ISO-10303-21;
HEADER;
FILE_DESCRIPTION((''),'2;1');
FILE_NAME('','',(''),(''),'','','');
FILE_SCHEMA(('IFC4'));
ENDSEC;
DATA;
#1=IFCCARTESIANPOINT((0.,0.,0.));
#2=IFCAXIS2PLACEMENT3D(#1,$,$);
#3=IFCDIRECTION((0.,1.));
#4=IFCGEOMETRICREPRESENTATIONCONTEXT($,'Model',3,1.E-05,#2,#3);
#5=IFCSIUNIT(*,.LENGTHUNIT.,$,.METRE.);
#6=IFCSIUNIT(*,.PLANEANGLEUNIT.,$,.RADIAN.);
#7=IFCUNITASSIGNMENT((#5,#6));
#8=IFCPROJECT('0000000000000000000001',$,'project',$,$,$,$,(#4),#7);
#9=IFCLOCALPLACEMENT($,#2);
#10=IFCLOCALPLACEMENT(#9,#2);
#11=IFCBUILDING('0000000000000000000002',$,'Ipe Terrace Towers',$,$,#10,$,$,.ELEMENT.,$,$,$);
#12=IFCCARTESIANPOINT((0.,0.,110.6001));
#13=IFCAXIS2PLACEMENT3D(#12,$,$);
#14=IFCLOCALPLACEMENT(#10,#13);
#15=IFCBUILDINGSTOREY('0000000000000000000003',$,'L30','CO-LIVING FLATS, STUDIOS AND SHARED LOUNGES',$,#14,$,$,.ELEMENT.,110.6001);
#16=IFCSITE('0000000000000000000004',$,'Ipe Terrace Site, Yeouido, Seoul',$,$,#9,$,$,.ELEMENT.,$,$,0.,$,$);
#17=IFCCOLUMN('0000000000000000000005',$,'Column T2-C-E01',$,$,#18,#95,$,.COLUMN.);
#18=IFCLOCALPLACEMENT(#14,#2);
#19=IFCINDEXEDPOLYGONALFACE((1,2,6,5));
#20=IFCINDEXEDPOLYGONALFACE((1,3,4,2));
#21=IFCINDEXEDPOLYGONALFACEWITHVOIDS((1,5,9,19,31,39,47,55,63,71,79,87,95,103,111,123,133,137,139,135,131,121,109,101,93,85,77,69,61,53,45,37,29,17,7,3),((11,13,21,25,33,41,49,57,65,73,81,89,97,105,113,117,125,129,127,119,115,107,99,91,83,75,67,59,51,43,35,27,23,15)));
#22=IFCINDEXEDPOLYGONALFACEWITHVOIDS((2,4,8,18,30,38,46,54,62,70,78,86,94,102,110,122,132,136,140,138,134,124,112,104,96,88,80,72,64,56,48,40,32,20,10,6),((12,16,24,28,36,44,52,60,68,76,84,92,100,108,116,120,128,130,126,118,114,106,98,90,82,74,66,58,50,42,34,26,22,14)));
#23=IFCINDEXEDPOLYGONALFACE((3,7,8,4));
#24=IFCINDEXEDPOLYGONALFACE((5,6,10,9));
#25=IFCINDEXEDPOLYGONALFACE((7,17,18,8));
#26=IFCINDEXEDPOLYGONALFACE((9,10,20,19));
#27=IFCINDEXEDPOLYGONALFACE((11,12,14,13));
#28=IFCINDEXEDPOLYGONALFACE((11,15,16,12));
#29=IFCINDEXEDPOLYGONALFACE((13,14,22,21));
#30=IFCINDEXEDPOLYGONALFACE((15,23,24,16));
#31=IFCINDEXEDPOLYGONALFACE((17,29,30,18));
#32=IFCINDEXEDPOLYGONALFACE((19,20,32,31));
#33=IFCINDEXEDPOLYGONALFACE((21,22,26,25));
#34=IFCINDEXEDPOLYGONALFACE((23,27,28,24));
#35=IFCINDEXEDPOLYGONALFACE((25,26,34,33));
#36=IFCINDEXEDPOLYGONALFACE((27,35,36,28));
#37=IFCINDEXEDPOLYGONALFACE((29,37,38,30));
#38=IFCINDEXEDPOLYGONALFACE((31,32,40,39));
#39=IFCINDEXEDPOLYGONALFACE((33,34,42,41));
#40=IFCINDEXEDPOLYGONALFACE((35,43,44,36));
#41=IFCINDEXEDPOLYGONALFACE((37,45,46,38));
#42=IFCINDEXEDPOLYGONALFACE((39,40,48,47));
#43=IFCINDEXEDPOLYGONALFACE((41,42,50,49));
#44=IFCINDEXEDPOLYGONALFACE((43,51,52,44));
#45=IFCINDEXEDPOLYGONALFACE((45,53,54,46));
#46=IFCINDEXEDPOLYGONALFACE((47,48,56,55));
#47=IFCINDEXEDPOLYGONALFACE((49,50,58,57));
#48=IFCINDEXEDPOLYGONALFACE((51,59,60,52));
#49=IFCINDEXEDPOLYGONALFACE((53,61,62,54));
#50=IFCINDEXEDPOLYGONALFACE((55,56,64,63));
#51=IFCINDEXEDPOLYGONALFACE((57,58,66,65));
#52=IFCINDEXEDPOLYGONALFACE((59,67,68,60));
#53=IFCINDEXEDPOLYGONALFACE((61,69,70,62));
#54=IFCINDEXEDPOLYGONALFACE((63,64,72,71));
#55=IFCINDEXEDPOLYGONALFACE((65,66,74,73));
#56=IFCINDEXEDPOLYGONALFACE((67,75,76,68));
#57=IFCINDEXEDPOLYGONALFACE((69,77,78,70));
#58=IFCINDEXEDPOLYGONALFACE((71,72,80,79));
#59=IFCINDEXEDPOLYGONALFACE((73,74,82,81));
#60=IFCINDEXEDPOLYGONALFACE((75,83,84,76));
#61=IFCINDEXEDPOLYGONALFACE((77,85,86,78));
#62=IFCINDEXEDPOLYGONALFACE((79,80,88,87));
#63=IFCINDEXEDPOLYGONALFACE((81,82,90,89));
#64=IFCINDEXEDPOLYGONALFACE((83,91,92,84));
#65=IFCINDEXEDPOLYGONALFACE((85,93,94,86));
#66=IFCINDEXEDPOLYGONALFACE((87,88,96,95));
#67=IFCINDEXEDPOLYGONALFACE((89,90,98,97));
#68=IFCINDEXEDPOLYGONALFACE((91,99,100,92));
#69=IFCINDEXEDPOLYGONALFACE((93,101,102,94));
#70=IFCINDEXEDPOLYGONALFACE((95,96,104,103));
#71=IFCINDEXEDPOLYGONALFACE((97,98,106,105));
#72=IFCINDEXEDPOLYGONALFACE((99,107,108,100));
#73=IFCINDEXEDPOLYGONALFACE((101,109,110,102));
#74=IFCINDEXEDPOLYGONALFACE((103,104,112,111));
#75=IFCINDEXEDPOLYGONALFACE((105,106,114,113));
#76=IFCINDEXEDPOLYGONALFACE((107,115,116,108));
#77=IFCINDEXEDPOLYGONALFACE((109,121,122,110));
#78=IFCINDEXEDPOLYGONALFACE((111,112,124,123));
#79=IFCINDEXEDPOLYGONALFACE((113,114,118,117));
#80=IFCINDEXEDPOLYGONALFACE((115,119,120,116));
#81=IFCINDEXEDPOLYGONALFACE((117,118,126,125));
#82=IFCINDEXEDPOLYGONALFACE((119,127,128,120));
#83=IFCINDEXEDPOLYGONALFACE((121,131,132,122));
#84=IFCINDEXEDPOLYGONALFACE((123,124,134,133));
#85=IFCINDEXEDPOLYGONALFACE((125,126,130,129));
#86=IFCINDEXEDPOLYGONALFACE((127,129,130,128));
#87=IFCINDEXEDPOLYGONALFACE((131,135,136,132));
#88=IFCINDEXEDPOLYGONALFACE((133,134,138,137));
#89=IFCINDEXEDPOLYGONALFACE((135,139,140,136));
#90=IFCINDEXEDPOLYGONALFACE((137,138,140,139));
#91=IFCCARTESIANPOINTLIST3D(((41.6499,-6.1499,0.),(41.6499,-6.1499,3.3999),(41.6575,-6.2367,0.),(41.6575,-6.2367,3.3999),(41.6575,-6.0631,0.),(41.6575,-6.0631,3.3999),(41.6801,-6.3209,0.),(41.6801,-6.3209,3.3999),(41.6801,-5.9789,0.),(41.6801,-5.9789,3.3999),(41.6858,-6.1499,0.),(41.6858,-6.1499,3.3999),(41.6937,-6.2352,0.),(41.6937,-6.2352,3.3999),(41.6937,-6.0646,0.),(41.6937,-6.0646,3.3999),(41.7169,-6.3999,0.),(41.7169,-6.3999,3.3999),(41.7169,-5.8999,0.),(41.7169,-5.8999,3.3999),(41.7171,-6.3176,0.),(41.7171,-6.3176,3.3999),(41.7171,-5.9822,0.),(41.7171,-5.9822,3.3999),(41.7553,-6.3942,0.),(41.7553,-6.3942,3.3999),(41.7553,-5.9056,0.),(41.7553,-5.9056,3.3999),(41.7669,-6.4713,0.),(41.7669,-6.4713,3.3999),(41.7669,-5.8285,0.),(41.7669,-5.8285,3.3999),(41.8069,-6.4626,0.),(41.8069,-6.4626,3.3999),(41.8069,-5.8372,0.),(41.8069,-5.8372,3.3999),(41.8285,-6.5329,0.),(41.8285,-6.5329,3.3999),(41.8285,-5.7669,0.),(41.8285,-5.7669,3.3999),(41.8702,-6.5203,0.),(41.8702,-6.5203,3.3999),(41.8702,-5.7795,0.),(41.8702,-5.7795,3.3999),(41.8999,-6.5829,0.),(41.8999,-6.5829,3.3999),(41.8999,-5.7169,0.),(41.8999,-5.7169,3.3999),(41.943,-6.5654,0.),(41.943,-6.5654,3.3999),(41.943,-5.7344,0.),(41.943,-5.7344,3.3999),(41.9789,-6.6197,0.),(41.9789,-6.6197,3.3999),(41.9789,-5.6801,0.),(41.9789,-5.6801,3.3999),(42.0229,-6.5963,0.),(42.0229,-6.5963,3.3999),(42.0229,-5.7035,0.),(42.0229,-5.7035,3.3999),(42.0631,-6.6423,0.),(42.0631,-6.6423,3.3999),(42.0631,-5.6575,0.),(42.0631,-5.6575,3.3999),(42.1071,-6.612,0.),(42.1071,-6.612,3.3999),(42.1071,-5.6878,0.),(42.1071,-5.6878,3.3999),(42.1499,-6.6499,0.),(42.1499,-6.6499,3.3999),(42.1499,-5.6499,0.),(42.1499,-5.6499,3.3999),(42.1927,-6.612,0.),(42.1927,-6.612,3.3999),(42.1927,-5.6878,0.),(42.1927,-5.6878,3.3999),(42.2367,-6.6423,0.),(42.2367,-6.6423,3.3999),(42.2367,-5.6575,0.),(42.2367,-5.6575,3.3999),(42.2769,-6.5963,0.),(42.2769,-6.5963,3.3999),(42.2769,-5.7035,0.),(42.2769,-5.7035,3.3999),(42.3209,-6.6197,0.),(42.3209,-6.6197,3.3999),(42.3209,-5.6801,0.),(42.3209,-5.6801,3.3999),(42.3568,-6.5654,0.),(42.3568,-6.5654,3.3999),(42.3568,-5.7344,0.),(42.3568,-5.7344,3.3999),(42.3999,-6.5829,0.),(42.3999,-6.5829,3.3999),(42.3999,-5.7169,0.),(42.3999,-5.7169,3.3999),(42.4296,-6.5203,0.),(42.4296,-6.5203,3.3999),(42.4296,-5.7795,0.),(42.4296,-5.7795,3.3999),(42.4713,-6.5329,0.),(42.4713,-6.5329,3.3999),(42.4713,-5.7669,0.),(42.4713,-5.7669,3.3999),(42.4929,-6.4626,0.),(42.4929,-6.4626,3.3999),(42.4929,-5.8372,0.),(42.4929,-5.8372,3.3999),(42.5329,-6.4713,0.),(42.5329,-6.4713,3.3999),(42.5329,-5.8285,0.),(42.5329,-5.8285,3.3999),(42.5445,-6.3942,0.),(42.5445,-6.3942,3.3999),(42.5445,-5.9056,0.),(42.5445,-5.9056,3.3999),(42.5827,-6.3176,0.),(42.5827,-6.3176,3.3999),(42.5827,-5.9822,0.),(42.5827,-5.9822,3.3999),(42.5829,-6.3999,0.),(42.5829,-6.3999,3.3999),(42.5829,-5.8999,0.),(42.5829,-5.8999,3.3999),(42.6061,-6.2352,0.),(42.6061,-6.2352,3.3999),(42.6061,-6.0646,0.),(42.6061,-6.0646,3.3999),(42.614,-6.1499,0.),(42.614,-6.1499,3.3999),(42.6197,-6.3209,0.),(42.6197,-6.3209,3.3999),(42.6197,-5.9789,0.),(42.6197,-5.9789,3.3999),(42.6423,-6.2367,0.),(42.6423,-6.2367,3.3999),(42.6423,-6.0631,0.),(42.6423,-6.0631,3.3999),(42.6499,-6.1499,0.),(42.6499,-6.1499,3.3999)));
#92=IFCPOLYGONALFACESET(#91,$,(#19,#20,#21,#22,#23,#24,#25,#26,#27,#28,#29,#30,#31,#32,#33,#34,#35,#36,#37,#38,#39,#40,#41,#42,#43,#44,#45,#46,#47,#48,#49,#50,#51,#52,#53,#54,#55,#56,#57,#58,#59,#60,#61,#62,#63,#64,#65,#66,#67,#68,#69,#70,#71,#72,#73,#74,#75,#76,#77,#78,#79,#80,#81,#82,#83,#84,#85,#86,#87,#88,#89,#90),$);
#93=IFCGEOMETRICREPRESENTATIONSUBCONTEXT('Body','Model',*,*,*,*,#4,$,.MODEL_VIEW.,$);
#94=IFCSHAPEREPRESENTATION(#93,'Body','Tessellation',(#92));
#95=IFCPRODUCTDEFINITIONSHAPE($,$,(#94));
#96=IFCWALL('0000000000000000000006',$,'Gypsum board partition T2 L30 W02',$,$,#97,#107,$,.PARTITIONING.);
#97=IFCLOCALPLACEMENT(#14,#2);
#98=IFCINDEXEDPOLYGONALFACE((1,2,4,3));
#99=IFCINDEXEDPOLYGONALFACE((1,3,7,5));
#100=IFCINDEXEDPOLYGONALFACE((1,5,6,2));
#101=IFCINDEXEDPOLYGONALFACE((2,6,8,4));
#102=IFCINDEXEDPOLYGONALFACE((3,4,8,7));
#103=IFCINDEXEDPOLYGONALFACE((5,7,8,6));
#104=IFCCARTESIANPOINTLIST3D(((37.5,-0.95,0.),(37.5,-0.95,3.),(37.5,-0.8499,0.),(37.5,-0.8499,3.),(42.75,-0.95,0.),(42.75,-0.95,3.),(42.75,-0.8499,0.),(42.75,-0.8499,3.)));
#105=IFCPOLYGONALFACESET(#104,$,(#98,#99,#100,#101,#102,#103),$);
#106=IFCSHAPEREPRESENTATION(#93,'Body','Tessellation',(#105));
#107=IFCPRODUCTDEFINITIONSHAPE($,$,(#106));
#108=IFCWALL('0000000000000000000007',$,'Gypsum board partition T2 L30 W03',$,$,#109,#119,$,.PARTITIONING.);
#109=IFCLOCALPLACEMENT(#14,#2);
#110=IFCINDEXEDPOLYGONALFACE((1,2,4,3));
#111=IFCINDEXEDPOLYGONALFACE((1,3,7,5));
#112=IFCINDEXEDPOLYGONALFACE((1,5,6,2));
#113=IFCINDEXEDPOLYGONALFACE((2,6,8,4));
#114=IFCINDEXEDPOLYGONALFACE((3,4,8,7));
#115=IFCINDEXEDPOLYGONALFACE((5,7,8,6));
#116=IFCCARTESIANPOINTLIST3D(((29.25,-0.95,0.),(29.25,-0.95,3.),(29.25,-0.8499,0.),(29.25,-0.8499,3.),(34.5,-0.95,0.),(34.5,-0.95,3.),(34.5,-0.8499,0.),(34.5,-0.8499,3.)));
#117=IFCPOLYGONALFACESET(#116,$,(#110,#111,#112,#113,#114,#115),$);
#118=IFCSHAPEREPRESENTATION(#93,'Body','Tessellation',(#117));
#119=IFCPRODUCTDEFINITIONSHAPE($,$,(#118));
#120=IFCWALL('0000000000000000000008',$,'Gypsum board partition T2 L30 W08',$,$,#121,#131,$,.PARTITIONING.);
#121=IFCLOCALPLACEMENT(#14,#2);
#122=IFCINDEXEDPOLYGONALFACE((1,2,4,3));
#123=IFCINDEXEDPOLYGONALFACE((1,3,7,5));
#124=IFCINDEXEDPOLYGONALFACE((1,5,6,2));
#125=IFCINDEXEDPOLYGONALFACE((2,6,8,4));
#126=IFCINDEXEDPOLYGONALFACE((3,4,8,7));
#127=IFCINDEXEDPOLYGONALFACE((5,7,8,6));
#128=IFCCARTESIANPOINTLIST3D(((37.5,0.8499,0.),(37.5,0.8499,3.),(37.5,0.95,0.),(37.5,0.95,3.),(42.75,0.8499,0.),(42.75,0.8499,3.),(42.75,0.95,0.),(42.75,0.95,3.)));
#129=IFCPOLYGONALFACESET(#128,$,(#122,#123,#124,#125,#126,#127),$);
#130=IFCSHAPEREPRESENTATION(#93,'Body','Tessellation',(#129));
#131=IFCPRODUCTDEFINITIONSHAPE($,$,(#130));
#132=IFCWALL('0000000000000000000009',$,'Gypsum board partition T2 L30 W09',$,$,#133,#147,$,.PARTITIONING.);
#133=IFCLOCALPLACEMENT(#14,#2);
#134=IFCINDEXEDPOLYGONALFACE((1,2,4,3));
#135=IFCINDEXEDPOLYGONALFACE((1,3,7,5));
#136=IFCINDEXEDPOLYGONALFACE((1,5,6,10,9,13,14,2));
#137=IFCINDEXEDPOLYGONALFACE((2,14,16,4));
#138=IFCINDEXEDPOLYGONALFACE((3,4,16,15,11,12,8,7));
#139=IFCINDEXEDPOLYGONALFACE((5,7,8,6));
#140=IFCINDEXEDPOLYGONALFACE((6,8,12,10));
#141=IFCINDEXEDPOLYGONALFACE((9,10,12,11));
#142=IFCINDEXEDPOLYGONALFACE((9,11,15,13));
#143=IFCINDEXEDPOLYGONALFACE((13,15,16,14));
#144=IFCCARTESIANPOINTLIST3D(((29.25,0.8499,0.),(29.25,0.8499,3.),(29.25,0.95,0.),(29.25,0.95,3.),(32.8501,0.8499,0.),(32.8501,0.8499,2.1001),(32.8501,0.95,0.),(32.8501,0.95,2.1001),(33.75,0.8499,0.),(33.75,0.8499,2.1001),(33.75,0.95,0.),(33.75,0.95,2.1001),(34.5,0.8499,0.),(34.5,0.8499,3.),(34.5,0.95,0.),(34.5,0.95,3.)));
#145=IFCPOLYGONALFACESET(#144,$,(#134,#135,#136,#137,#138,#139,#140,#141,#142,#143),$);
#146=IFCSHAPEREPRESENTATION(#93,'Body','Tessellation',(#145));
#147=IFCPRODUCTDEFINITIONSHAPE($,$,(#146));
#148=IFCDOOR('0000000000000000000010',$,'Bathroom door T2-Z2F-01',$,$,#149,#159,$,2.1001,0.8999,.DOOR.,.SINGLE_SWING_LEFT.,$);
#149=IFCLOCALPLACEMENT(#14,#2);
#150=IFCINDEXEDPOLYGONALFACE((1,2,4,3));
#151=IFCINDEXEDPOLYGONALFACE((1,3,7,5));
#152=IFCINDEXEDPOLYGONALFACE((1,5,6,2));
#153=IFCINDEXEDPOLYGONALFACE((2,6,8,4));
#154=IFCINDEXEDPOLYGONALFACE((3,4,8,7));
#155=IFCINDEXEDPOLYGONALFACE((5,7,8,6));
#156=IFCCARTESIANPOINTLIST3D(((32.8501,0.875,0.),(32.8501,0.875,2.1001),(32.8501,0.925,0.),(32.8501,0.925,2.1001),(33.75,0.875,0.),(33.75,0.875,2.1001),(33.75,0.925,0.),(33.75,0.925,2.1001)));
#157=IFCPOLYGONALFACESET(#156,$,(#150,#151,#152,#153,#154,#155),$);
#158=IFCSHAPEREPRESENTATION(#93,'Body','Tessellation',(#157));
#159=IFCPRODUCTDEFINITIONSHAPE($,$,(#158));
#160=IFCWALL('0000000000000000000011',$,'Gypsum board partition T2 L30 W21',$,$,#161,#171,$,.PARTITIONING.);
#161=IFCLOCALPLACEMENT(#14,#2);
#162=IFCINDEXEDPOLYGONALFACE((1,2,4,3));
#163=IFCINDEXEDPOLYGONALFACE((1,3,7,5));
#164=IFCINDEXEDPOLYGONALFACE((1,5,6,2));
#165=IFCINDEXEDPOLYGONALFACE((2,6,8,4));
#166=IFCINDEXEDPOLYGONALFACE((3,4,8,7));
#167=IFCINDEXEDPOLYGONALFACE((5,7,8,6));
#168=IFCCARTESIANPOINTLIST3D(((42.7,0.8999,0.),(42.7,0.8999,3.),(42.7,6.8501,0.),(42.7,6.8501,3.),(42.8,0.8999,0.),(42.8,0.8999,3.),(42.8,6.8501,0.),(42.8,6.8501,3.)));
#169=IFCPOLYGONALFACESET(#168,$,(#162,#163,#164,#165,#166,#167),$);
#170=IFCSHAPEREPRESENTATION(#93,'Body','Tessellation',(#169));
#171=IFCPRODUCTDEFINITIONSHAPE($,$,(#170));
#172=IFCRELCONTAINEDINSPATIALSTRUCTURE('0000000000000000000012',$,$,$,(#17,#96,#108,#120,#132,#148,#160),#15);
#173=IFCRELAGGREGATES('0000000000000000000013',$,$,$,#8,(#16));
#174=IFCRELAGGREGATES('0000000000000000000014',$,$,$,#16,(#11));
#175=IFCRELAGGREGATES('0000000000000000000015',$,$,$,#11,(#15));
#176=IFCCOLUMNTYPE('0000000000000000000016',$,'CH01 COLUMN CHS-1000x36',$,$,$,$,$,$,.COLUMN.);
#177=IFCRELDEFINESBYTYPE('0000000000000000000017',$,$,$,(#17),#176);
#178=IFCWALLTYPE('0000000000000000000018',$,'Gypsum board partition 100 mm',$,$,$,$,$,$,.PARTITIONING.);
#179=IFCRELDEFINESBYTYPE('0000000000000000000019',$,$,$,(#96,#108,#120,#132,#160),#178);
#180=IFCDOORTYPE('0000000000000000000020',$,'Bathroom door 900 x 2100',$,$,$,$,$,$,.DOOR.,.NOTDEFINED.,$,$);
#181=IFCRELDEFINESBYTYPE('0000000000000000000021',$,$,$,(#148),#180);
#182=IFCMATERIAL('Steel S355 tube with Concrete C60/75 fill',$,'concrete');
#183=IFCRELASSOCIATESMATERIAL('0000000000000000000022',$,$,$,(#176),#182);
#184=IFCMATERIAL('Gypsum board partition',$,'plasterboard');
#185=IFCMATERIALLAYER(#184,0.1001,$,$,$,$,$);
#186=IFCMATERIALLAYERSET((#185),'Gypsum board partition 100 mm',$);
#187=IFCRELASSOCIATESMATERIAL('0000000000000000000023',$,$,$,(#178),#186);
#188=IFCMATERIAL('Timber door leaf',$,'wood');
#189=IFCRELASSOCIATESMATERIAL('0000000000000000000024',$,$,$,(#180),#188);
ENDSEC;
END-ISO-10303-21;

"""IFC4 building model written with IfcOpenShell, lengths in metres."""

from ifc_helpers import new_model, si_unit, direction, frame, frame_2d, origin, origin_2d, place, context, subcontext, project, spatial, rectangle, hollow_circle, extrude, material, layer, layer_set, material_profile, profile_set, type_object, element, fill, save


model = new_model("IFC4")

# Units and contexts
model_context = context("Model", 3, precision=1e-05, world=origin(), true_north=direction((0.0, 1.0)))
body_context = subcontext(model_context, "Body", "Model", "MODEL_VIEW")
ifc_project = project(units=[si_unit("LENGTHUNIT", "METRE"), si_unit("PLANEANGLEUNIT", "RADIAN")], contexts=[model_context])

# Site, building, storey
site_placement = place(None, origin())
site = spatial("IfcSite", under=ifc_project, at=site_placement, Name="Ipe Terrace Site, Yeouido, Seoul", CompositionType="ELEMENT", RefElevation=0.0)
building_placement = place(site_placement, origin())
building = spatial("IfcBuilding", under=site, at=building_placement, Name="Ipe Terrace Towers", CompositionType="ELEMENT")
storey_placement = place(building_placement, frame((0.0, 0.0, 110.6001)))
storey = spatial("IfcBuildingStorey", under=building, at=storey_placement, Name="L30", Description="CO-LIVING FLATS, STUDIOS AND SHARED LOUNGES", CompositionType="ELEMENT", Elevation=110.6001)

# Column
ifc_material_1 = material(Name="Steel S355 tube with Concrete C60/75 fill", Category="concrete")
ifc_material_profile = material_profile(ifc_material_1, hollow_circle(Radius=0.5, WallThickness=0.0359, at=origin_2d()), Name="CHS-1000x36")
ifc_profile_set = profile_set([ifc_material_profile], Name="Steel S355 tube with Concrete C60/75 fill")
column_type = type_object("IfcColumnType", Name="CH01 COLUMN CHS-1000x36", PredefinedType="COLUMN", material=ifc_profile_set)
column_placement = place(storey_placement, frame((42.1499, -6.1499, 0.0), z_axis=(0.0, 0.0, 1.0), x_axis=(1.0, 0.0, 0.0)))
element("IfcColumn", 1, at=column_placement, inside=storey, type_object=column_type, Name="Column T2-C-E01", PredefinedType="COLUMN", context=body_context, shape_type="SweptSolid", body=[
    extrude(hollow_circle(Radius=0.5, WallThickness=0.0359, at=origin_2d()), origin(), (0.0, 0.0, 1.0), 3.3999),
])

# Walls
ifc_material_2 = material(Name="Gypsum board partition", Category="plasterboard")
ifc_layer_1 = layer(ifc_material_2, 0.1001)
ifc_layer_set_1 = layer_set([ifc_layer_1], Name="Gypsum board partition 100 mm")
wall_type_1 = type_object("IfcWallType", Name="Gypsum board partition 100 mm", PredefinedType="PARTITIONING", material=ifc_layer_set_1)
for number, where, z_axis, x_axis, name in (
    (2, (42.75, -0.8999, 0.0), (0.0, 0.0, 1.0), (-1.0, 0.0, 0.0), "Gypsum board partition T2 L30 W02"),
    (3, (34.5, -0.8999, 0.0), (0.0, 0.0, 1.0), (-1.0, 0.0, 0.0), "Gypsum board partition T2 L30 W03"),
    (4, (42.75, 0.8999, 0.0), (0.0, 0.0, 1.0), (-1.0, 0.0, 0.0), "Gypsum board partition T2 L30 W08"),
):
    element("IfcWall", number, at=place(storey_placement, frame(where, z_axis=z_axis, x_axis=x_axis)), inside=storey, type_object=wall_type_1, Name=name, PredefinedType="PARTITIONING", context=body_context, shape_type="SweptSolid", body=[
        extrude(rectangle(XDim=5.25, YDim=0.1001, at=frame_2d((2.625, 0.0))), origin(), (0.0, 0.0, 1.0), 3.0),
    ])

# Wall, opening, door
wall_1_placement = place(storey_placement, frame((34.5, 0.8999, 0.0), z_axis=(0.0, 0.0, 1.0), x_axis=(-1.0, 0.0, 0.0)))
wall_1 = element("IfcWall", 5, at=wall_1_placement, inside=storey, type_object=wall_type_1, Name="Gypsum board partition T2 L30 W09", PredefinedType="PARTITIONING", context=body_context, shape_type="SweptSolid", body=[
    extrude(rectangle(XDim=5.25, YDim=0.1001, at=frame_2d((2.625, 0.0))), origin(), (0.0, 0.0, 1.0), 3.0),
])
opening_1_placement = place(wall_1_placement, frame((0.75, 0.0, 0.0)))
opening_1 = element("IfcOpeningElement", 6, at=opening_1_placement, cuts=wall_1, PredefinedType="OPENING", context=body_context, shape_type="SweptSolid", body=[
    extrude(rectangle(XDim=0.8999, YDim=2.1001, at=frame_2d((0.45, 1.05))), frame((0.0, 0.0601, 0.0), z_axis=(0.0, -1.0, 0.0), x_axis=(1.0, 0.0, 0.0)), (0.0, 0.0, 1.0), 0.1201),
])
ifc_material_3 = material(Name="Timber door leaf", Category="wood")
door_type_1 = type_object("IfcDoorType", Name="Bathroom door 900 x 2100", OperationType="NOTDEFINED", PredefinedType="DOOR", material=ifc_material_3)
door_1_placement = place(opening_1_placement, origin())
door_1 = element("IfcDoor", 7, at=door_1_placement, inside=storey, type_object=door_type_1, Name="Bathroom door T2-Z2F-01", OperationType="SINGLE_SWING_LEFT", OverallHeight=2.1001, OverallWidth=0.8999, PredefinedType="DOOR", context=body_context, shape_type="SweptSolid", body=[
    extrude(rectangle(XDim=0.8999, YDim=2.1001, at=frame_2d((0.45, 1.05))), frame((0.0, 0.0249, 0.0), z_axis=(0.0, -1.0, 0.0), x_axis=(1.0, 0.0, 0.0)), (0.0, 0.0, 1.0), 0.05),
])
fill(opening_1, door_1)

# Wall
wall_2_placement = place(storey_placement, frame((42.75, 0.8999, 0.0), z_axis=(0.0, 0.0, 1.0), x_axis=(0.0, 1.0, 0.0)))
element("IfcWall", 8, at=wall_2_placement, inside=storey, type_object=wall_type_1, Name="Gypsum board partition T2 L30 W21", PredefinedType="PARTITIONING", context=body_context, shape_type="SweptSolid", body=[
    extrude(rectangle(XDim=5.9502, YDim=0.1001, at=frame_2d((2.9751, 0.0))), origin(), (0.0, 0.0, 1.0), 3.0),
])

save(model, "model.ifc")
